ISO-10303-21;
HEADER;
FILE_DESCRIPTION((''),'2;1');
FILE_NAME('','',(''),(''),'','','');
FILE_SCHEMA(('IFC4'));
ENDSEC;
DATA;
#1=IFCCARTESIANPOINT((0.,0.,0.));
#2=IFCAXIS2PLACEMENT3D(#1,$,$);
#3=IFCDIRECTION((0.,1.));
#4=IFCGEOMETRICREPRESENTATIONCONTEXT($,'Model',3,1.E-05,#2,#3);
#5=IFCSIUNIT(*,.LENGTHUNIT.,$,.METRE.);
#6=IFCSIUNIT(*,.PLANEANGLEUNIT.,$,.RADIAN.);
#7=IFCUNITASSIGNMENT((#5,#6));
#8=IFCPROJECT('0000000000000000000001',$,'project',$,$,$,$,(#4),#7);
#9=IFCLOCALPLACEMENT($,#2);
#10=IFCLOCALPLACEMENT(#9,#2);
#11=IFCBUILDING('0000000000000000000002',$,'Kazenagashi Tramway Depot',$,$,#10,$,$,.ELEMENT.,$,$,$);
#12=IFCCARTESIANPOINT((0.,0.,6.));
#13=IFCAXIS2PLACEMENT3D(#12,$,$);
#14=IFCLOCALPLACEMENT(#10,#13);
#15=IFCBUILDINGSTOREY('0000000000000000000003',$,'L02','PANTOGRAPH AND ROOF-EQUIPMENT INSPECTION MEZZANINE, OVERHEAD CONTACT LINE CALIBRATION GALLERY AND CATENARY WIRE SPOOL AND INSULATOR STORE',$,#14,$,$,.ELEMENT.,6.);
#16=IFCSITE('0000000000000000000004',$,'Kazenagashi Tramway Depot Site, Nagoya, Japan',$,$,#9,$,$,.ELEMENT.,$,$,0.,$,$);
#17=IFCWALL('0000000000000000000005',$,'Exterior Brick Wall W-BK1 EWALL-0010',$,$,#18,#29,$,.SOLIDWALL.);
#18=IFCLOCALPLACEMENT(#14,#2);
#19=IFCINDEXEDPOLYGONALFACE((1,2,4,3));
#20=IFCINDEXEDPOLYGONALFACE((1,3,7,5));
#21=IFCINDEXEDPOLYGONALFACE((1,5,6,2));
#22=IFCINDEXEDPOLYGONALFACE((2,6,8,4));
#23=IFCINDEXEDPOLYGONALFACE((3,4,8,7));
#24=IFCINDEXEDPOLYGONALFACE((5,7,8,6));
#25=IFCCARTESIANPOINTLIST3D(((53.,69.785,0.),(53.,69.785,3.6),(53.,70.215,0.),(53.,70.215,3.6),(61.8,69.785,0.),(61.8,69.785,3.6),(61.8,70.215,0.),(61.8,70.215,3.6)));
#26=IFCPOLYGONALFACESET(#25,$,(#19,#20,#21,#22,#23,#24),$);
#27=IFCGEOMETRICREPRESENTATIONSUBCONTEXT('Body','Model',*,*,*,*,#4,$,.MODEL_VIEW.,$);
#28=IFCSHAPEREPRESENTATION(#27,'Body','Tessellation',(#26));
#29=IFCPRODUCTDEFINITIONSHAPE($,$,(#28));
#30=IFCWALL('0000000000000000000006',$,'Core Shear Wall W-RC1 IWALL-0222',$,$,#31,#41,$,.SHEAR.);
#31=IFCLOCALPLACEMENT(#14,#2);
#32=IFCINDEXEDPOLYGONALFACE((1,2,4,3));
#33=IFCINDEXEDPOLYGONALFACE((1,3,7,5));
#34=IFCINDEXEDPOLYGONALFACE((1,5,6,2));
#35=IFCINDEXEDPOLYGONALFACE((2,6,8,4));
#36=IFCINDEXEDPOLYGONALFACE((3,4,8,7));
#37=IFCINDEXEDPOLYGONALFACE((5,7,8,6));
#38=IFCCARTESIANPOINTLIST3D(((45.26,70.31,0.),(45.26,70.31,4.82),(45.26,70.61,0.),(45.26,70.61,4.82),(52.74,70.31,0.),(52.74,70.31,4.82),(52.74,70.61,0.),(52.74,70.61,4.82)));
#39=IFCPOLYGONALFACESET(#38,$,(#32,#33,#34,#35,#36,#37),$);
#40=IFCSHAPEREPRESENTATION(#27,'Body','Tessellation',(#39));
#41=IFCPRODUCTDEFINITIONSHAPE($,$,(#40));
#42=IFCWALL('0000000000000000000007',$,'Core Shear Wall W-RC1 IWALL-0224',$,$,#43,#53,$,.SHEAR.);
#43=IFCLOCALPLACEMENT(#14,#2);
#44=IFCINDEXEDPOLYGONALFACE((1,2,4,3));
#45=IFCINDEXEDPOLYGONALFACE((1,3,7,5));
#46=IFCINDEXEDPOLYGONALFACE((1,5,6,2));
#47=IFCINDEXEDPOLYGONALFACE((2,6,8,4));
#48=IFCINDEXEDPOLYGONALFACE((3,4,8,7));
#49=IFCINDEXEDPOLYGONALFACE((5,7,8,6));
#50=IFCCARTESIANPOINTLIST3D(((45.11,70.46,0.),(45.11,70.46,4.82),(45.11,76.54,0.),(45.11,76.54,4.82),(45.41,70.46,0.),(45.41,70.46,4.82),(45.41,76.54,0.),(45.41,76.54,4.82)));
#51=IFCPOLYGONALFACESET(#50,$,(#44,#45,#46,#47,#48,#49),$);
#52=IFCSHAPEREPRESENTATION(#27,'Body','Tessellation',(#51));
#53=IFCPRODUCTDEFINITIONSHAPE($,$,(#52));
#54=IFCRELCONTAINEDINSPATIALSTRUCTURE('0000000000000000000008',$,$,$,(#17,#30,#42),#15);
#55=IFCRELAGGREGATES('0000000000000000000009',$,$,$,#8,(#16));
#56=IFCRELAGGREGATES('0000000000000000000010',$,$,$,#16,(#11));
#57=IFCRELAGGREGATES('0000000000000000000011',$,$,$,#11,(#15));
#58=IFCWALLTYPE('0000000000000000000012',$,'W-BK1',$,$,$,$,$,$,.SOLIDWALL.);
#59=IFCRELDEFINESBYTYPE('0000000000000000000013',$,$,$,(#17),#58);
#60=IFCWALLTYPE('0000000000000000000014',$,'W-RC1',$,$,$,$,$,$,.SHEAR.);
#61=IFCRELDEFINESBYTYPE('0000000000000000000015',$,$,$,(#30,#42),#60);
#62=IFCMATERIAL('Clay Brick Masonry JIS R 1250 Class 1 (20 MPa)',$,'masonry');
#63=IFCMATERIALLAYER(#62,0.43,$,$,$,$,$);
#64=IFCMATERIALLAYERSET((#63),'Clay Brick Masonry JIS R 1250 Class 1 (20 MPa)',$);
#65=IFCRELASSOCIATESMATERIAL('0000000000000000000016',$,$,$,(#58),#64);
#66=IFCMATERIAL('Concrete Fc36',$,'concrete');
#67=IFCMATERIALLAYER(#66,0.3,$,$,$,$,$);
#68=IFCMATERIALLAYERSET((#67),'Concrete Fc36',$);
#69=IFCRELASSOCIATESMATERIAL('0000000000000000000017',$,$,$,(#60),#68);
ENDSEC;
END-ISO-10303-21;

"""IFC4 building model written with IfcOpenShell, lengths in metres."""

from ifc_helpers import new_model, si_unit, direction, frame, frame_2d, origin, place, context, subcontext, project, spatial, rectangle, extrude, material, layer, layer_set, type_object, element, save


model = new_model("IFC4")

# Units and contexts
model_context = context("Model", 3, precision=1e-05, world=origin(), true_north=direction((0.0, 1.0)))
body_context = subcontext(model_context, "Body", "Model", "MODEL_VIEW")
ifc_project = project(units=[si_unit("LENGTHUNIT", "METRE"), si_unit("PLANEANGLEUNIT", "RADIAN")], contexts=[model_context])

# Site, building, storey
site_placement = place(None, origin())
site = spatial("IfcSite", under=ifc_project, at=site_placement, Name="Kazenagashi Tramway Depot Site, Nagoya, Japan", CompositionType="ELEMENT", RefElevation=0.0)
building_placement = place(site_placement, origin())
building = spatial("IfcBuilding", under=site, at=building_placement, Name="Kazenagashi Tramway Depot", CompositionType="ELEMENT")
storey_placement = place(building_placement, frame((0.0, 0.0, 6.0)))
storey = spatial("IfcBuildingStorey", under=building, at=storey_placement, Name="L02", Description="PANTOGRAPH AND ROOF-EQUIPMENT INSPECTION MEZZANINE, OVERHEAD CONTACT LINE CALIBRATION GALLERY AND CATENARY WIRE SPOOL AND INSULATOR STORE", CompositionType="ELEMENT", Elevation=6.0)

# Walls
ifc_material_1 = material(Name="Clay Brick Masonry JIS R 1250 Class 1 (20 MPa)", Category="masonry")
ifc_layer_1 = layer(ifc_material_1, 0.43)
ifc_layer_set_1 = layer_set([ifc_layer_1], Name="Clay Brick Masonry JIS R 1250 Class 1 (20 MPa)")
wall_type_1 = type_object("IfcWallType", Name="W-BK1", PredefinedType="SOLIDWALL", material=ifc_layer_set_1)
wall_1_placement = place(storey_placement, frame((53.0, 70.0, 0.0), z_axis=(0.0, 0.0, 1.0), x_axis=(1.0, 0.0, 0.0)))
element("IfcWall", 1, at=wall_1_placement, inside=storey, type_object=wall_type_1, Name="Exterior Brick Wall W-BK1 EWALL-0010", PredefinedType="SOLIDWALL", context=body_context, shape_type="SweptSolid", body=[
    extrude(rectangle(XDim=8.8, YDim=0.43, at=frame_2d((4.4, 0.0))), origin(), (0.0, 0.0, 1.0), 3.6),
])
ifc_material_2 = material(Name="Concrete Fc36", Category="concrete")
ifc_layer_2 = layer(ifc_material_2, 0.3)
ifc_layer_set_2 = layer_set([ifc_layer_2], Name="Concrete Fc36")
wall_type_2 = type_object("IfcWallType", Name="W-RC1", PredefinedType="SHEAR", material=ifc_layer_set_2)
wall_2_placement = place(storey_placement, frame((45.26, 70.46, 0.0), z_axis=(0.0, 0.0, 1.0), x_axis=(1.0, 0.0, 0.0)))
element("IfcWall", 2, at=wall_2_placement, inside=storey, type_object=wall_type_2, Name="Core Shear Wall W-RC1 IWALL-0222", PredefinedType="SHEAR", context=body_context, shape_type="SweptSolid", body=[
    extrude(rectangle(XDim=7.48, YDim=0.3, at=frame_2d((3.74, 0.0))), origin(), (0.0, 0.0, 1.0), 4.82),
])
wall_3_placement = place(storey_placement, frame((45.26, 70.46, 0.0), z_axis=(0.0, 0.0, 1.0), x_axis=(0.0, 1.0, 0.0)))
element("IfcWall", 3, at=wall_3_placement, inside=storey, type_object=wall_type_2, Name="Core Shear Wall W-RC1 IWALL-0224", PredefinedType="SHEAR", context=body_context, shape_type="SweptSolid", body=[
    extrude(rectangle(XDim=6.08, YDim=0.3, at=frame_2d((3.04, 0.0))), origin(), (0.0, 0.0, 1.0), 4.82),
])

save(model, "model.ifc")
